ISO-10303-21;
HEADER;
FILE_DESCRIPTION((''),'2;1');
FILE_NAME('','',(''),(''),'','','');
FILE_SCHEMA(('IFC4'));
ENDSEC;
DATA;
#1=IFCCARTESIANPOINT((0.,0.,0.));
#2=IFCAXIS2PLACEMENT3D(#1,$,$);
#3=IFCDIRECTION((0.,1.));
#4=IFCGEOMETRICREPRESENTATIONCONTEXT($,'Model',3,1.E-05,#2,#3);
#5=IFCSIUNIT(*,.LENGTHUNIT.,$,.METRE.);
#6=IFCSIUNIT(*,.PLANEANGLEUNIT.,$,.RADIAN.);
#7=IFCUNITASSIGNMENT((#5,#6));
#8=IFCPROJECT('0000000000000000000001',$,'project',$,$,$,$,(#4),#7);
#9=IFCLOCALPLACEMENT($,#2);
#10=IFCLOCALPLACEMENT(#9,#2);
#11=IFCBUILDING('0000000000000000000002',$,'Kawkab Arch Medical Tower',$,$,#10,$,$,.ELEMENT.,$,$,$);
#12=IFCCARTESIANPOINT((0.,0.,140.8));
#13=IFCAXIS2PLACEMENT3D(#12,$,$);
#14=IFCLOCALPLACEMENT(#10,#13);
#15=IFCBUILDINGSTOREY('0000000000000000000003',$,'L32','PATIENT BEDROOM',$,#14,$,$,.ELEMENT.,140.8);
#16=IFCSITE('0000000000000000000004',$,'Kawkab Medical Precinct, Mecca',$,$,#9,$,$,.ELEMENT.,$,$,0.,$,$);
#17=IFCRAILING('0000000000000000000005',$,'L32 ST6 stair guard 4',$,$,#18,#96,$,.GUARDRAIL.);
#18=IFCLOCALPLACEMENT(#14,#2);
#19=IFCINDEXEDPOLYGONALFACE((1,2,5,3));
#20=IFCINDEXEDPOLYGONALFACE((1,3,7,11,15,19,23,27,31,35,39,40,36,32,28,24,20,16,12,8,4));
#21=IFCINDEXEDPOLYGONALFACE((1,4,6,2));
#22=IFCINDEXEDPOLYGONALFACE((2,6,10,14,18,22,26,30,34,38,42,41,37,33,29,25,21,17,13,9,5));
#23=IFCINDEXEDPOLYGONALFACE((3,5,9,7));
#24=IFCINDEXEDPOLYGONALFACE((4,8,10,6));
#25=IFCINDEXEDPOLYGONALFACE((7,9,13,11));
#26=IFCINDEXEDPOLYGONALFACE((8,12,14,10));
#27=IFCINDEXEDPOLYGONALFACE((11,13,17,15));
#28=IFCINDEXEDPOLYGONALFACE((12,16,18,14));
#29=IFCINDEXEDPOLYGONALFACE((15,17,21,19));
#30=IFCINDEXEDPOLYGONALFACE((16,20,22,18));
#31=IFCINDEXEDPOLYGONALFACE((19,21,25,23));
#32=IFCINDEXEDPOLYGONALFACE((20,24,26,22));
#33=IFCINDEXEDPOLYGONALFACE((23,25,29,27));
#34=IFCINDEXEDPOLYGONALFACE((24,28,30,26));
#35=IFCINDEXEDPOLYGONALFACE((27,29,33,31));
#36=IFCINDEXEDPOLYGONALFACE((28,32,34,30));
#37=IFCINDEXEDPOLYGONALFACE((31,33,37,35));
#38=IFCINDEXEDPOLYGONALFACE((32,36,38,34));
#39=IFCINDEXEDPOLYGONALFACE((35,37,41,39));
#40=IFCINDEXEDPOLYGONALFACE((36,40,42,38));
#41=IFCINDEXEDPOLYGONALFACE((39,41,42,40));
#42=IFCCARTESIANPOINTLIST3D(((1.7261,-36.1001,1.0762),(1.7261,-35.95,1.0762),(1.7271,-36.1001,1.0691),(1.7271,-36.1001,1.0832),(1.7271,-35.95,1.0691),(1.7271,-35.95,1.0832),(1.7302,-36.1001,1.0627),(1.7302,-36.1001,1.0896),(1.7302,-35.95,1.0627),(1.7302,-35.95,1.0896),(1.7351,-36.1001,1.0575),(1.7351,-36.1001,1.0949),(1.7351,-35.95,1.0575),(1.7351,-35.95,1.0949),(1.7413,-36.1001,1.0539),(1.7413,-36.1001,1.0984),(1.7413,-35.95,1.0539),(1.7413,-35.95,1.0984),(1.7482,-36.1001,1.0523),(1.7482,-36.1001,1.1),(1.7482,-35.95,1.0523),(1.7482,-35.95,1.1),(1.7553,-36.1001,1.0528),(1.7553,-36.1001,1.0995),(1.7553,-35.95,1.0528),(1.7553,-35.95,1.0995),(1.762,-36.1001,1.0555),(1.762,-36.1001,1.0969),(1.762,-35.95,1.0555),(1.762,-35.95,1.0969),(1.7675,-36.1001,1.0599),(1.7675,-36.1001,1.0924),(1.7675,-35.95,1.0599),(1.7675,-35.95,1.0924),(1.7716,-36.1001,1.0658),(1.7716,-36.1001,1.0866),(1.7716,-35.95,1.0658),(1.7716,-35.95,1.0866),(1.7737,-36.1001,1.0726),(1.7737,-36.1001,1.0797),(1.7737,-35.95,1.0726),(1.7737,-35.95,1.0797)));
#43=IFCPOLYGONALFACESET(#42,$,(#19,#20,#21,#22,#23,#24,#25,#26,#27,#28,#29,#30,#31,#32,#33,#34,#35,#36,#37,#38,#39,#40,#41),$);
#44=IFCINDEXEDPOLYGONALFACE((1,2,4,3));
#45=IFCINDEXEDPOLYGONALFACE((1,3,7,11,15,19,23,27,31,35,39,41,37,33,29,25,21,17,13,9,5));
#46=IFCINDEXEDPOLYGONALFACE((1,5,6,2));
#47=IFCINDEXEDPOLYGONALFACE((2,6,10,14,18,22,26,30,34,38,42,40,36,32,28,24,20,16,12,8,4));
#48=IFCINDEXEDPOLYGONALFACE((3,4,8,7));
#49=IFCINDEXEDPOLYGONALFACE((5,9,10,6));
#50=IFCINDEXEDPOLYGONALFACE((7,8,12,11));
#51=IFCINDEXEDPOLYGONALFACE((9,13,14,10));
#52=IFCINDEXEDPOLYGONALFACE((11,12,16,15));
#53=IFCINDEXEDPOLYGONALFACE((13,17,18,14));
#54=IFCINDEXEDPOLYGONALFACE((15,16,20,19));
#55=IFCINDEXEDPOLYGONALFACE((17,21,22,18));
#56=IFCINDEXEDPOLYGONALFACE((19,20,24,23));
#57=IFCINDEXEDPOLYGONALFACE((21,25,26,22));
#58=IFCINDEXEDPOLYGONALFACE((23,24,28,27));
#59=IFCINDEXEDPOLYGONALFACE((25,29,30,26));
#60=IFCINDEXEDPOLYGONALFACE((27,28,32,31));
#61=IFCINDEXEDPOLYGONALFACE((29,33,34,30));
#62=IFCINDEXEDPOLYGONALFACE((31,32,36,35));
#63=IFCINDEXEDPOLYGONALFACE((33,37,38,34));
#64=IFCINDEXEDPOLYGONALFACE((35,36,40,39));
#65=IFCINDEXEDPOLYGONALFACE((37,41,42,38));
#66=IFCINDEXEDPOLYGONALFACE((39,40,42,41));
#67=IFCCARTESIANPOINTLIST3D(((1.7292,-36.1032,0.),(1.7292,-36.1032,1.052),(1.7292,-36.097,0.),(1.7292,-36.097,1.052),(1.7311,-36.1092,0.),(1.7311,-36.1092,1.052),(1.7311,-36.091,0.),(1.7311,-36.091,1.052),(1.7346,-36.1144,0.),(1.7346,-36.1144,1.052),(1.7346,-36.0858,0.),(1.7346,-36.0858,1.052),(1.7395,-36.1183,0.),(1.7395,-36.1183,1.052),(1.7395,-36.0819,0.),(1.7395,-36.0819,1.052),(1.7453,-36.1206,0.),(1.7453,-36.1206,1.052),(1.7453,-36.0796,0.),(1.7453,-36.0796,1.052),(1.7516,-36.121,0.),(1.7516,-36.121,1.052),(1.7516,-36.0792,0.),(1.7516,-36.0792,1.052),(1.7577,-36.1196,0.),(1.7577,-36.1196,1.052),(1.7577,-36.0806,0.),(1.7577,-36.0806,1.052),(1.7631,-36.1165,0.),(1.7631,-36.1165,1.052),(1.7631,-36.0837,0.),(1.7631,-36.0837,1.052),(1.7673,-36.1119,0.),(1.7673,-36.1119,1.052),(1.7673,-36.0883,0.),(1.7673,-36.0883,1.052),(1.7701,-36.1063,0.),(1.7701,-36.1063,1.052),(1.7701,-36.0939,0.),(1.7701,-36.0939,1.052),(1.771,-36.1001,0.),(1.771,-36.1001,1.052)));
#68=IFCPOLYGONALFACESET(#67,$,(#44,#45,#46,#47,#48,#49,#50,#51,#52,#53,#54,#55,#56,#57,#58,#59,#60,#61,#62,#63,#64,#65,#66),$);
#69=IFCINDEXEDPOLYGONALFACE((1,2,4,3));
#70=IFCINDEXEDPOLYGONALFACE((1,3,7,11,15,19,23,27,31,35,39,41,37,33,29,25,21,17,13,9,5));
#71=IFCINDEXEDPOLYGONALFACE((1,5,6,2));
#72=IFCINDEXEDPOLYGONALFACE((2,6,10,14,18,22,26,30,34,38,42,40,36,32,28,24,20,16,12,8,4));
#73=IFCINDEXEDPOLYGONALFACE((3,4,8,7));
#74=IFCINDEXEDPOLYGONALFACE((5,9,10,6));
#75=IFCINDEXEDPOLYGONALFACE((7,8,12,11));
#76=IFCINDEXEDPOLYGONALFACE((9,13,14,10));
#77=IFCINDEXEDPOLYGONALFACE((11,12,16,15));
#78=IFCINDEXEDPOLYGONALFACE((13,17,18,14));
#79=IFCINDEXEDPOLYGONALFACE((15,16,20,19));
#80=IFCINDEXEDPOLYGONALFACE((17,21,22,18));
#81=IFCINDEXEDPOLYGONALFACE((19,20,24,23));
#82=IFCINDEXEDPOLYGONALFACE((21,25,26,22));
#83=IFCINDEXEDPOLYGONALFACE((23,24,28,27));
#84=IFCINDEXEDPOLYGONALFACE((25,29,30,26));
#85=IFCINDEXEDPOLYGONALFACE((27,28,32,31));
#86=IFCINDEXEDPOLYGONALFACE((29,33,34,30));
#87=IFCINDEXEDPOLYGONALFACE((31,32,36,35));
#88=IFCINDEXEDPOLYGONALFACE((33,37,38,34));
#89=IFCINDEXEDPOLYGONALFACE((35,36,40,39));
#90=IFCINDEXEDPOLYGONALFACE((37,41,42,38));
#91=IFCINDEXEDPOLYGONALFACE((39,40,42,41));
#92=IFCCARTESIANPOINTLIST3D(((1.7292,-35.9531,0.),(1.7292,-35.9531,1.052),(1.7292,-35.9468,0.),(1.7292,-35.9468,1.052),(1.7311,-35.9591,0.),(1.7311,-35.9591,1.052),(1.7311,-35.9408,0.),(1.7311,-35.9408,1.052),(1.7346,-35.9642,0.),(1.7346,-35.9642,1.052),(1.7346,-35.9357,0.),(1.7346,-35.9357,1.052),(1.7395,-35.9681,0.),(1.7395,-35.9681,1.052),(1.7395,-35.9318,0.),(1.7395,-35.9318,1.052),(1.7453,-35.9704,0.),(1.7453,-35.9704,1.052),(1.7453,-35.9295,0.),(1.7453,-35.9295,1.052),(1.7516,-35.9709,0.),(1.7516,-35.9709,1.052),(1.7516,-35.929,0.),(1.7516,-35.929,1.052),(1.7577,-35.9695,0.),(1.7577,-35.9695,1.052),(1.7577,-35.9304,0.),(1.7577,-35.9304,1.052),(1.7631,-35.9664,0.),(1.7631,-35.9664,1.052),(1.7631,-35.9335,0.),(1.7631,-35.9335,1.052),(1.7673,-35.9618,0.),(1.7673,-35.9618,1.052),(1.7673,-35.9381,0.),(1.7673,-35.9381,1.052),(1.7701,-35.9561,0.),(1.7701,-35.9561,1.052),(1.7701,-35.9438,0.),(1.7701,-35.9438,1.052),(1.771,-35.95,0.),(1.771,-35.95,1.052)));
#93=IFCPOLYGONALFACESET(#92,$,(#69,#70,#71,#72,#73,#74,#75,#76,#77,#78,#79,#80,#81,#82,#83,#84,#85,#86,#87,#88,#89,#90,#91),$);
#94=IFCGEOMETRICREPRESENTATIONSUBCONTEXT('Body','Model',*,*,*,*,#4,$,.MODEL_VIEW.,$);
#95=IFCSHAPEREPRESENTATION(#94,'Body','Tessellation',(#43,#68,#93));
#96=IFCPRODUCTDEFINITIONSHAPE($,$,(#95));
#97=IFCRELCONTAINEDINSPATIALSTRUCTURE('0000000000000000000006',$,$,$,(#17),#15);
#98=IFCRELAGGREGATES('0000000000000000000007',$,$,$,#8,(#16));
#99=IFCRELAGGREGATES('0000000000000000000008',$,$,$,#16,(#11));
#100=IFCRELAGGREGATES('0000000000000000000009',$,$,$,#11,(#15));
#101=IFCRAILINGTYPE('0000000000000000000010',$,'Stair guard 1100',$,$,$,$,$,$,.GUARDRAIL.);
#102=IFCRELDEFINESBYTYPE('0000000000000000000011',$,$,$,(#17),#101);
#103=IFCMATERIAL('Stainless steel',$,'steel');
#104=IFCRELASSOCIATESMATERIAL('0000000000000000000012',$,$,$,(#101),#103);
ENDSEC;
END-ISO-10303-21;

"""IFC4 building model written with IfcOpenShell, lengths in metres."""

from ifc_helpers import new_model, si_unit, direction, frame, origin, origin_2d, place, context, subcontext, project, spatial, circle, extrude, material, type_object, element, save


model = new_model("IFC4")

# Units and contexts
model_context = context("Model", 3, precision=1e-05, world=origin(), true_north=direction((0.0, 1.0)))
body_context = subcontext(model_context, "Body", "Model", "MODEL_VIEW")
ifc_project = project(units=[si_unit("LENGTHUNIT", "METRE"), si_unit("PLANEANGLEUNIT", "RADIAN")], contexts=[model_context])

# Site, building, storey
site_placement = place(None, origin())
site = spatial("IfcSite", under=ifc_project, at=site_placement, Name="Kawkab Medical Precinct, Mecca", CompositionType="ELEMENT", RefElevation=0.0)
building_placement = place(site_placement, origin())
building = spatial("IfcBuilding", under=site, at=building_placement, Name="Kawkab Arch Medical Tower", CompositionType="ELEMENT")
storey_placement = place(building_placement, frame((0.0, 0.0, 140.8)))
storey = spatial("IfcBuildingStorey", under=building, at=storey_placement, Name="L32", Description="PATIENT BEDROOM", CompositionType="ELEMENT", Elevation=140.8)

# Railing
ifc_material_1 = material(Name="Stainless steel", Category="steel")
railing_type_1 = type_object("IfcRailingType", Name="Stair guard 1100", PredefinedType="GUARDRAIL", material=ifc_material_1)
railing_1_placement = place(storey_placement, frame((1.75, -36.1001, 0.0)))
element("IfcRailing", 1, at=railing_1_placement, inside=storey, type_object=railing_type_1, Name="L32 ST6 stair guard 4", PredefinedType="GUARDRAIL", context=body_context, shape_type="SweptSolid", body=[
    extrude(circle(Radius=0.0239, at=origin_2d()), frame((0.0, 0.0, 1.0762), z_axis=(0.0, 1.0, 0.0), x_axis=(-1.0, 0.0, 0.0)), (0.0, 0.0, 1.0), 0.1501),
    extrude(circle(Radius=0.021, at=origin_2d()), origin(), (0.0, 0.0, 1.0), 1.052),
    extrude(circle(Radius=0.021, at=origin_2d()), frame((0.0, 0.1501, 0.0)), (0.0, 0.0, 1.0), 1.052),
])

save(model, "model.ifc")
